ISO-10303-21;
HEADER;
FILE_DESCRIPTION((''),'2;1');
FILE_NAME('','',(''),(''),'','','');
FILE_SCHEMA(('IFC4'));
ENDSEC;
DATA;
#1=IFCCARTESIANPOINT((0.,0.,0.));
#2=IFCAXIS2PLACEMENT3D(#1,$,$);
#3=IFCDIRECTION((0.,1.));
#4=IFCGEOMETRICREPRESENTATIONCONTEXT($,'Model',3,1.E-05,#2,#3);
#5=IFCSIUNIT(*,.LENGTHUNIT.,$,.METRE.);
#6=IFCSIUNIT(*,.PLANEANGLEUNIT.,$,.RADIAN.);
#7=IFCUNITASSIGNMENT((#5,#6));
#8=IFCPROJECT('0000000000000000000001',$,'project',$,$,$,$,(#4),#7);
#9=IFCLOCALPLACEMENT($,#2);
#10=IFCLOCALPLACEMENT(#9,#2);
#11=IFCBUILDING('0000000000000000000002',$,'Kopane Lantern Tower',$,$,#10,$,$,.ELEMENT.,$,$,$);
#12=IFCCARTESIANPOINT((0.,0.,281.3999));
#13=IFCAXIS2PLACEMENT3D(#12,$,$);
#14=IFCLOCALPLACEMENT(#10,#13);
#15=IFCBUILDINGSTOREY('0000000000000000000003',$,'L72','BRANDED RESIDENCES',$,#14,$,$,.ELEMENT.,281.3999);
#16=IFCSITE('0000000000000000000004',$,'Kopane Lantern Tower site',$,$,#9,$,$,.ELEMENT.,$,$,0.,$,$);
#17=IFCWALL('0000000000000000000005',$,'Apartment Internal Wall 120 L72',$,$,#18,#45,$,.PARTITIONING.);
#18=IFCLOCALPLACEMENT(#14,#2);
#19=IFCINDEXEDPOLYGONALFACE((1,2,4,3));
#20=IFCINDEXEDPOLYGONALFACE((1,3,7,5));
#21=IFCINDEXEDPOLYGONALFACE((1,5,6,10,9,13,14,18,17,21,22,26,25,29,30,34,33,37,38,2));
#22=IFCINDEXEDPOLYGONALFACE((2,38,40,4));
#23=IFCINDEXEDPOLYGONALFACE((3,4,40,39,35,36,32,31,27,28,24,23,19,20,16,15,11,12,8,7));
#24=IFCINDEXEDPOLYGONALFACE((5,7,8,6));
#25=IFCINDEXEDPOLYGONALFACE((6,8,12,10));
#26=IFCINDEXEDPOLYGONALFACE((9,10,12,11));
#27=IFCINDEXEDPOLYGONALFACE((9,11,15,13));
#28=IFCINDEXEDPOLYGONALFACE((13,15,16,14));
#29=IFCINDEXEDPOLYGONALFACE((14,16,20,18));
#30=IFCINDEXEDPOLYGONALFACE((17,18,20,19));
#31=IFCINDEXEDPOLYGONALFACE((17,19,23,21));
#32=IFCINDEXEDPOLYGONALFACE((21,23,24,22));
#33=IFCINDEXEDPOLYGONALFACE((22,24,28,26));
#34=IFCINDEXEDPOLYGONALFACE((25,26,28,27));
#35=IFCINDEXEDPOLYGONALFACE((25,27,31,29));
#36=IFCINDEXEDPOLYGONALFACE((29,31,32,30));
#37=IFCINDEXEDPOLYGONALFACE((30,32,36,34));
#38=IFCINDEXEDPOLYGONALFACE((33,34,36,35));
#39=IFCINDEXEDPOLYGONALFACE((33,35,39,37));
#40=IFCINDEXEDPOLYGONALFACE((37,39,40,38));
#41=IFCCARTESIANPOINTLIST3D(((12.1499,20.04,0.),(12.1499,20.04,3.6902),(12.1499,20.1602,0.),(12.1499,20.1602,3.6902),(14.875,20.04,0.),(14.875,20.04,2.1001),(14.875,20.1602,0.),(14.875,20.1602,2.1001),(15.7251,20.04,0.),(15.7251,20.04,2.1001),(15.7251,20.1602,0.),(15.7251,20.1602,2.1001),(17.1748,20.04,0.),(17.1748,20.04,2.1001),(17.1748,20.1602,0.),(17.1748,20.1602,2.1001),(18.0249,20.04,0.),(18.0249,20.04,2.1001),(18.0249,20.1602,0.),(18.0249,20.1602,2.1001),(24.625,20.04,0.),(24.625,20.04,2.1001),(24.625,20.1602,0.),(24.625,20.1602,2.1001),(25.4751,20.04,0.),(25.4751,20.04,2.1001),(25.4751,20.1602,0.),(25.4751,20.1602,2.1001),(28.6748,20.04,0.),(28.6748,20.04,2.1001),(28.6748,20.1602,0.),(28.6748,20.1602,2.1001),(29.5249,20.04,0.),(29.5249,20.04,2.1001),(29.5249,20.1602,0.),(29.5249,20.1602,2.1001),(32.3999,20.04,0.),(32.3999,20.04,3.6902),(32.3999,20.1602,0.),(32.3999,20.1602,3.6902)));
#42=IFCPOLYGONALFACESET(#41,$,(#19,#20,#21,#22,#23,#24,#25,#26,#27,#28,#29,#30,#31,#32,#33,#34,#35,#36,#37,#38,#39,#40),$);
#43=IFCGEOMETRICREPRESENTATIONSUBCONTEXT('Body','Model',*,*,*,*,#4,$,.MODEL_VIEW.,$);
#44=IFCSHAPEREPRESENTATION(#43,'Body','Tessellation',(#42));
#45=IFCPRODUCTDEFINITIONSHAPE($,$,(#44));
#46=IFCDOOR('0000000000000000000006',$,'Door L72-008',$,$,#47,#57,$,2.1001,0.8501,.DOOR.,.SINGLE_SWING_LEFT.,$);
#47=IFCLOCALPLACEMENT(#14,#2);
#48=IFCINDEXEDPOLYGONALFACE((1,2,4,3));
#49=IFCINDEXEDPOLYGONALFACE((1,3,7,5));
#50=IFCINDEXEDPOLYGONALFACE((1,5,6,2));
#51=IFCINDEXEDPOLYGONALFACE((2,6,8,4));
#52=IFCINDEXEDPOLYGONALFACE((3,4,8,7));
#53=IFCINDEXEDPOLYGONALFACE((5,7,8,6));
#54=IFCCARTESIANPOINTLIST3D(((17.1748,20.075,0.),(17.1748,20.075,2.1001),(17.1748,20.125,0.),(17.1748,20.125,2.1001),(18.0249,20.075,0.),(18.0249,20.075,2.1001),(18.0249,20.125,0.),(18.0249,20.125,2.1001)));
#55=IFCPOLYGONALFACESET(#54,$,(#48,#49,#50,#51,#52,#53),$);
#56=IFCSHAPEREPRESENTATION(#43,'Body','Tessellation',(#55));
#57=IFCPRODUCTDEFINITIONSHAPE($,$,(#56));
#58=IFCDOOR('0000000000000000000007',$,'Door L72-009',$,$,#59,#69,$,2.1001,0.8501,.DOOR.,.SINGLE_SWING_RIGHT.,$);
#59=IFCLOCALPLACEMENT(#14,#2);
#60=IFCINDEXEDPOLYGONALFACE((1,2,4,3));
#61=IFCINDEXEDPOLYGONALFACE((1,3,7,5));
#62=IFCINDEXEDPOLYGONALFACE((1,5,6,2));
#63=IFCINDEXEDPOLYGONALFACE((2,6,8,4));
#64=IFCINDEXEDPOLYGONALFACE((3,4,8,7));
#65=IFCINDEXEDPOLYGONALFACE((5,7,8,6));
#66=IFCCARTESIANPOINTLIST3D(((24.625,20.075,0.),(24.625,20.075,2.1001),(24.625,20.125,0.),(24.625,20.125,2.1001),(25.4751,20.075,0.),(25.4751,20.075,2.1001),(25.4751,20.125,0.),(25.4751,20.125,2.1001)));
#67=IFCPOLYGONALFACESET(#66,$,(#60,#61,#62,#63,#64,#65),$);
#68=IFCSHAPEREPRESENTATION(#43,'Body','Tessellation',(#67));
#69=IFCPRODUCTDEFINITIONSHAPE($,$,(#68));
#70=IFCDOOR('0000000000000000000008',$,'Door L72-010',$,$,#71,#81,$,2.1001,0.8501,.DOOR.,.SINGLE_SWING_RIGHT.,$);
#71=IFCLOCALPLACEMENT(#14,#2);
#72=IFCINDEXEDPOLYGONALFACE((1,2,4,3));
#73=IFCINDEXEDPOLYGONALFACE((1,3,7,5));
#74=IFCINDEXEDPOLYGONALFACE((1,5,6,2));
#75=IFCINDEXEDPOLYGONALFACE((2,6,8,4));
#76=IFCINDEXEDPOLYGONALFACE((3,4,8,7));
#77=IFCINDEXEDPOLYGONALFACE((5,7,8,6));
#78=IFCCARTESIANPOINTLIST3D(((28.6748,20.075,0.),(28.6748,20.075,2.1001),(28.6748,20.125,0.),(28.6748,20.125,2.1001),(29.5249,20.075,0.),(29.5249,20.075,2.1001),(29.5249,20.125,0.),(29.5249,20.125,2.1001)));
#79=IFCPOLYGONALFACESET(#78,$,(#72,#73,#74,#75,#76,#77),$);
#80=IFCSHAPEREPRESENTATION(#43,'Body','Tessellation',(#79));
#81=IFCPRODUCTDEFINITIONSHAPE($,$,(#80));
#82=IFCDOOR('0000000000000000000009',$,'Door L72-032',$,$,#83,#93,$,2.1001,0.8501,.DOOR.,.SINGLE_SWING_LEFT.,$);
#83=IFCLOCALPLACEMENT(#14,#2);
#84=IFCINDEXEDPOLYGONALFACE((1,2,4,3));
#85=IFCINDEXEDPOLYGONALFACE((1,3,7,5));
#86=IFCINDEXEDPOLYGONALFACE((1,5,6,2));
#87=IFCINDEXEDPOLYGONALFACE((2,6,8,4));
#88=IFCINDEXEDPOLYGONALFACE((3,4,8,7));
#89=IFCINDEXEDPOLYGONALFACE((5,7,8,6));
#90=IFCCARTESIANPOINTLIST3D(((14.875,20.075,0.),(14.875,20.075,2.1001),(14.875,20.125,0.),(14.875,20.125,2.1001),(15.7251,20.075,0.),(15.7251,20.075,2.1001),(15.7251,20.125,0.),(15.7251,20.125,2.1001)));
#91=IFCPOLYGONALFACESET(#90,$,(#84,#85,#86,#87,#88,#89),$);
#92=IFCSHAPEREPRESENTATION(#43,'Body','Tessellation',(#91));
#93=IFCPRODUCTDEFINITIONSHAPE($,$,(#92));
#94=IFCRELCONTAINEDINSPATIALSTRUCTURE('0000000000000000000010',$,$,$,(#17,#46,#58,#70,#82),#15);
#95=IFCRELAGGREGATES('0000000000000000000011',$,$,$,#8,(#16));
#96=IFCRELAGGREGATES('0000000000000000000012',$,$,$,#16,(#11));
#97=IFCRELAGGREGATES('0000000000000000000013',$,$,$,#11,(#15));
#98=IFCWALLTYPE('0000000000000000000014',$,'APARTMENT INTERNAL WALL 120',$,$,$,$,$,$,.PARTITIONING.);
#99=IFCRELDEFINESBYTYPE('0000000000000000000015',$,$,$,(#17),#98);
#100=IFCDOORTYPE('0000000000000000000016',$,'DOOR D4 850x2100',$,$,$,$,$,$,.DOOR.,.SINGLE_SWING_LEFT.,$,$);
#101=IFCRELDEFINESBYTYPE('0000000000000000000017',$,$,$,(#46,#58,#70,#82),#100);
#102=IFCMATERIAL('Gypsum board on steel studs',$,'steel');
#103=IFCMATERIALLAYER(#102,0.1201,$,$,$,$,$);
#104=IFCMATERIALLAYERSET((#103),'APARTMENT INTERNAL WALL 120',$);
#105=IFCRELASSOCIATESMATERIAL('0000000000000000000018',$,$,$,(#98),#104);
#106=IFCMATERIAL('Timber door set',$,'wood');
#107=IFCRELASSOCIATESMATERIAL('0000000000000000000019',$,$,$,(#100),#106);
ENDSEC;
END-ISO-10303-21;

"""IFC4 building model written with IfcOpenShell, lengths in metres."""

from ifc_helpers import new_model, si_unit, direction, frame, frame_2d, origin, place, context, subcontext, project, spatial, rectangle, extrude, material, layer, layer_set, type_object, element, fill, save


model = new_model("IFC4")

# Units and contexts
model_context = context("Model", 3, precision=1e-05, world=origin(), true_north=direction((0.0, 1.0)))
body_context = subcontext(model_context, "Body", "Model", "MODEL_VIEW")
ifc_project = project(units=[si_unit("LENGTHUNIT", "METRE"), si_unit("PLANEANGLEUNIT", "RADIAN")], contexts=[model_context])

# Site, building, storey
site_placement = place(None, origin())
site = spatial("IfcSite", under=ifc_project, at=site_placement, Name="Kopane Lantern Tower site", CompositionType="ELEMENT", RefElevation=0.0)
building_placement = place(site_placement, origin())
building = spatial("IfcBuilding", under=site, at=building_placement, Name="Kopane Lantern Tower", CompositionType="ELEMENT")
storey_placement = place(building_placement, frame((0.0, 0.0, 281.3999)))
storey = spatial("IfcBuildingStorey", under=building, at=storey_placement, Name="L72", Description="BRANDED RESIDENCES", CompositionType="ELEMENT", Elevation=281.3999)

# Wall, openings, doors
ifc_material_1 = material(Name="Gypsum board on steel studs", Category="steel")
ifc_layer_1 = layer(ifc_material_1, 0.1201)
ifc_layer_set_1 = layer_set([ifc_layer_1], Name="APARTMENT INTERNAL WALL 120")
wall_type_1 = type_object("IfcWallType", Name="APARTMENT INTERNAL WALL 120", PredefinedType="PARTITIONING", material=ifc_layer_set_1)
wall_1_placement = place(storey_placement, frame((12.1499, 20.1001, 0.0), z_axis=(0.0, 0.0, 1.0), x_axis=(1.0, 0.0, 0.0)))
wall_1 = element("IfcWall", 1, at=wall_1_placement, inside=storey, type_object=wall_type_1, Name="Apartment Internal Wall 120 L72", PredefinedType="PARTITIONING", context=body_context, shape_type="SweptSolid", body=[
    extrude(rectangle(XDim=20.25, YDim=0.1201, at=frame_2d((10.125, 0.0))), origin(), (0.0, 0.0, 1.0), 3.6902),
])
opening_1_placement = place(wall_1_placement, frame((5.0249, 0.0, 0.0)))
opening_1 = element("IfcOpeningElement", 2, at=opening_1_placement, cuts=wall_1, PredefinedType="OPENING", context=body_context, shape_type="SweptSolid", body=[
    extrude(rectangle(XDim=0.8501, YDim=2.1001, at=frame_2d((0.425, 1.05))), frame((0.0, 0.0701, 0.0), z_axis=(0.0, -1.0, 0.0), x_axis=(1.0, 0.0, 0.0)), (0.0, 0.0, 1.0), 0.1401),
])
opening_2_placement = place(wall_1_placement, frame((12.4751, 0.0, 0.0)))
opening_2 = element("IfcOpeningElement", 3, at=opening_2_placement, cuts=wall_1, PredefinedType="OPENING", context=body_context, shape_type="SweptSolid", body=[
    extrude(rectangle(XDim=0.8501, YDim=2.1001, at=frame_2d((0.425, 1.05))), frame((0.0, 0.0701, 0.0), z_axis=(0.0, -1.0, 0.0), x_axis=(1.0, 0.0, 0.0)), (0.0, 0.0, 1.0), 0.1401),
])
opening_3_placement = place(wall_1_placement, frame((16.5249, 0.0, 0.0)))
opening_3 = element("IfcOpeningElement", 4, at=opening_3_placement, cuts=wall_1, PredefinedType="OPENING", context=body_context, shape_type="SweptSolid", body=[
    extrude(rectangle(XDim=0.8501, YDim=2.1001, at=frame_2d((0.425, 1.05))), frame((0.0, 0.0701, 0.0), z_axis=(0.0, -1.0, 0.0), x_axis=(1.0, 0.0, 0.0)), (0.0, 0.0, 1.0), 0.1401),
])
opening_4_placement = place(wall_1_placement, frame((2.7251, 0.0, 0.0)))
opening_4 = element("IfcOpeningElement", 5, at=opening_4_placement, cuts=wall_1, PredefinedType="OPENING", context=body_context, shape_type="SweptSolid", body=[
    extrude(rectangle(XDim=0.8501, YDim=2.1001, at=frame_2d((0.425, 1.05))), frame((0.0, 0.0701, 0.0), z_axis=(0.0, -1.0, 0.0), x_axis=(1.0, 0.0, 0.0)), (0.0, 0.0, 1.0), 0.1401),
])
ifc_material_2 = material(Name="Timber door set", Category="wood")
door_type = type_object("IfcDoorType", Name="DOOR D4 850x2100", OperationType="SINGLE_SWING_LEFT", PredefinedType="DOOR", material=ifc_material_2)
door_1_placement = place(opening_1_placement, origin())
door_1 = element("IfcDoor", 6, at=door_1_placement, inside=storey, type_object=door_type, Name="Door L72-008", OperationType="SINGLE_SWING_LEFT", OverallHeight=2.1001, OverallWidth=0.8501, PredefinedType="DOOR", context=body_context, shape_type="SweptSolid", body=[
    extrude(rectangle(XDim=0.8501, YDim=2.1001, at=frame_2d((0.425, 1.05))), frame((0.0, 0.0249, 0.0), z_axis=(0.0, -1.0, 0.0), x_axis=(1.0, 0.0, 0.0)), (0.0, 0.0, 1.0), 0.05),
])
fill(opening_1, door_1)
door_2_placement = place(opening_2_placement, origin())
door_2 = element("IfcDoor", 7, at=door_2_placement, inside=storey, type_object=door_type, Name="Door L72-009", OperationType="SINGLE_SWING_RIGHT", OverallHeight=2.1001, OverallWidth=0.8501, PredefinedType="DOOR", context=body_context, shape_type="SweptSolid", body=[
    extrude(rectangle(XDim=0.8501, YDim=2.1001, at=frame_2d((0.425, 1.05))), frame((0.0, 0.0249, 0.0), z_axis=(0.0, -1.0, 0.0), x_axis=(1.0, 0.0, 0.0)), (0.0, 0.0, 1.0), 0.05),
])
fill(opening_2, door_2)
door_3_placement = place(opening_3_placement, origin())
door_3 = element("IfcDoor", 8, at=door_3_placement, inside=storey, type_object=door_type, Name="Door L72-010", OperationType="SINGLE_SWING_RIGHT", OverallHeight=2.1001, OverallWidth=0.8501, PredefinedType="DOOR", context=body_context, shape_type="SweptSolid", body=[
    extrude(rectangle(XDim=0.8501, YDim=2.1001, at=frame_2d((0.425, 1.05))), frame((0.0, 0.0249, 0.0), z_axis=(0.0, -1.0, 0.0), x_axis=(1.0, 0.0, 0.0)), (0.0, 0.0, 1.0), 0.05),
])
fill(opening_3, door_3)
door_4_placement = place(opening_4_placement, origin())
door_4 = element("IfcDoor", 9, at=door_4_placement, inside=storey, type_object=door_type, Name="Door L72-032", OperationType="SINGLE_SWING_LEFT", OverallHeight=2.1001, OverallWidth=0.8501, PredefinedType="DOOR", context=body_context, shape_type="SweptSolid", body=[
    extrude(rectangle(XDim=0.8501, YDim=2.1001, at=frame_2d((0.425, 1.05))), frame((0.0, 0.0249, 0.0), z_axis=(0.0, -1.0, 0.0), x_axis=(1.0, 0.0, 0.0)), (0.0, 0.0, 1.0), 0.05),
])
fill(opening_4, door_4)

save(model, "model.ifc")
